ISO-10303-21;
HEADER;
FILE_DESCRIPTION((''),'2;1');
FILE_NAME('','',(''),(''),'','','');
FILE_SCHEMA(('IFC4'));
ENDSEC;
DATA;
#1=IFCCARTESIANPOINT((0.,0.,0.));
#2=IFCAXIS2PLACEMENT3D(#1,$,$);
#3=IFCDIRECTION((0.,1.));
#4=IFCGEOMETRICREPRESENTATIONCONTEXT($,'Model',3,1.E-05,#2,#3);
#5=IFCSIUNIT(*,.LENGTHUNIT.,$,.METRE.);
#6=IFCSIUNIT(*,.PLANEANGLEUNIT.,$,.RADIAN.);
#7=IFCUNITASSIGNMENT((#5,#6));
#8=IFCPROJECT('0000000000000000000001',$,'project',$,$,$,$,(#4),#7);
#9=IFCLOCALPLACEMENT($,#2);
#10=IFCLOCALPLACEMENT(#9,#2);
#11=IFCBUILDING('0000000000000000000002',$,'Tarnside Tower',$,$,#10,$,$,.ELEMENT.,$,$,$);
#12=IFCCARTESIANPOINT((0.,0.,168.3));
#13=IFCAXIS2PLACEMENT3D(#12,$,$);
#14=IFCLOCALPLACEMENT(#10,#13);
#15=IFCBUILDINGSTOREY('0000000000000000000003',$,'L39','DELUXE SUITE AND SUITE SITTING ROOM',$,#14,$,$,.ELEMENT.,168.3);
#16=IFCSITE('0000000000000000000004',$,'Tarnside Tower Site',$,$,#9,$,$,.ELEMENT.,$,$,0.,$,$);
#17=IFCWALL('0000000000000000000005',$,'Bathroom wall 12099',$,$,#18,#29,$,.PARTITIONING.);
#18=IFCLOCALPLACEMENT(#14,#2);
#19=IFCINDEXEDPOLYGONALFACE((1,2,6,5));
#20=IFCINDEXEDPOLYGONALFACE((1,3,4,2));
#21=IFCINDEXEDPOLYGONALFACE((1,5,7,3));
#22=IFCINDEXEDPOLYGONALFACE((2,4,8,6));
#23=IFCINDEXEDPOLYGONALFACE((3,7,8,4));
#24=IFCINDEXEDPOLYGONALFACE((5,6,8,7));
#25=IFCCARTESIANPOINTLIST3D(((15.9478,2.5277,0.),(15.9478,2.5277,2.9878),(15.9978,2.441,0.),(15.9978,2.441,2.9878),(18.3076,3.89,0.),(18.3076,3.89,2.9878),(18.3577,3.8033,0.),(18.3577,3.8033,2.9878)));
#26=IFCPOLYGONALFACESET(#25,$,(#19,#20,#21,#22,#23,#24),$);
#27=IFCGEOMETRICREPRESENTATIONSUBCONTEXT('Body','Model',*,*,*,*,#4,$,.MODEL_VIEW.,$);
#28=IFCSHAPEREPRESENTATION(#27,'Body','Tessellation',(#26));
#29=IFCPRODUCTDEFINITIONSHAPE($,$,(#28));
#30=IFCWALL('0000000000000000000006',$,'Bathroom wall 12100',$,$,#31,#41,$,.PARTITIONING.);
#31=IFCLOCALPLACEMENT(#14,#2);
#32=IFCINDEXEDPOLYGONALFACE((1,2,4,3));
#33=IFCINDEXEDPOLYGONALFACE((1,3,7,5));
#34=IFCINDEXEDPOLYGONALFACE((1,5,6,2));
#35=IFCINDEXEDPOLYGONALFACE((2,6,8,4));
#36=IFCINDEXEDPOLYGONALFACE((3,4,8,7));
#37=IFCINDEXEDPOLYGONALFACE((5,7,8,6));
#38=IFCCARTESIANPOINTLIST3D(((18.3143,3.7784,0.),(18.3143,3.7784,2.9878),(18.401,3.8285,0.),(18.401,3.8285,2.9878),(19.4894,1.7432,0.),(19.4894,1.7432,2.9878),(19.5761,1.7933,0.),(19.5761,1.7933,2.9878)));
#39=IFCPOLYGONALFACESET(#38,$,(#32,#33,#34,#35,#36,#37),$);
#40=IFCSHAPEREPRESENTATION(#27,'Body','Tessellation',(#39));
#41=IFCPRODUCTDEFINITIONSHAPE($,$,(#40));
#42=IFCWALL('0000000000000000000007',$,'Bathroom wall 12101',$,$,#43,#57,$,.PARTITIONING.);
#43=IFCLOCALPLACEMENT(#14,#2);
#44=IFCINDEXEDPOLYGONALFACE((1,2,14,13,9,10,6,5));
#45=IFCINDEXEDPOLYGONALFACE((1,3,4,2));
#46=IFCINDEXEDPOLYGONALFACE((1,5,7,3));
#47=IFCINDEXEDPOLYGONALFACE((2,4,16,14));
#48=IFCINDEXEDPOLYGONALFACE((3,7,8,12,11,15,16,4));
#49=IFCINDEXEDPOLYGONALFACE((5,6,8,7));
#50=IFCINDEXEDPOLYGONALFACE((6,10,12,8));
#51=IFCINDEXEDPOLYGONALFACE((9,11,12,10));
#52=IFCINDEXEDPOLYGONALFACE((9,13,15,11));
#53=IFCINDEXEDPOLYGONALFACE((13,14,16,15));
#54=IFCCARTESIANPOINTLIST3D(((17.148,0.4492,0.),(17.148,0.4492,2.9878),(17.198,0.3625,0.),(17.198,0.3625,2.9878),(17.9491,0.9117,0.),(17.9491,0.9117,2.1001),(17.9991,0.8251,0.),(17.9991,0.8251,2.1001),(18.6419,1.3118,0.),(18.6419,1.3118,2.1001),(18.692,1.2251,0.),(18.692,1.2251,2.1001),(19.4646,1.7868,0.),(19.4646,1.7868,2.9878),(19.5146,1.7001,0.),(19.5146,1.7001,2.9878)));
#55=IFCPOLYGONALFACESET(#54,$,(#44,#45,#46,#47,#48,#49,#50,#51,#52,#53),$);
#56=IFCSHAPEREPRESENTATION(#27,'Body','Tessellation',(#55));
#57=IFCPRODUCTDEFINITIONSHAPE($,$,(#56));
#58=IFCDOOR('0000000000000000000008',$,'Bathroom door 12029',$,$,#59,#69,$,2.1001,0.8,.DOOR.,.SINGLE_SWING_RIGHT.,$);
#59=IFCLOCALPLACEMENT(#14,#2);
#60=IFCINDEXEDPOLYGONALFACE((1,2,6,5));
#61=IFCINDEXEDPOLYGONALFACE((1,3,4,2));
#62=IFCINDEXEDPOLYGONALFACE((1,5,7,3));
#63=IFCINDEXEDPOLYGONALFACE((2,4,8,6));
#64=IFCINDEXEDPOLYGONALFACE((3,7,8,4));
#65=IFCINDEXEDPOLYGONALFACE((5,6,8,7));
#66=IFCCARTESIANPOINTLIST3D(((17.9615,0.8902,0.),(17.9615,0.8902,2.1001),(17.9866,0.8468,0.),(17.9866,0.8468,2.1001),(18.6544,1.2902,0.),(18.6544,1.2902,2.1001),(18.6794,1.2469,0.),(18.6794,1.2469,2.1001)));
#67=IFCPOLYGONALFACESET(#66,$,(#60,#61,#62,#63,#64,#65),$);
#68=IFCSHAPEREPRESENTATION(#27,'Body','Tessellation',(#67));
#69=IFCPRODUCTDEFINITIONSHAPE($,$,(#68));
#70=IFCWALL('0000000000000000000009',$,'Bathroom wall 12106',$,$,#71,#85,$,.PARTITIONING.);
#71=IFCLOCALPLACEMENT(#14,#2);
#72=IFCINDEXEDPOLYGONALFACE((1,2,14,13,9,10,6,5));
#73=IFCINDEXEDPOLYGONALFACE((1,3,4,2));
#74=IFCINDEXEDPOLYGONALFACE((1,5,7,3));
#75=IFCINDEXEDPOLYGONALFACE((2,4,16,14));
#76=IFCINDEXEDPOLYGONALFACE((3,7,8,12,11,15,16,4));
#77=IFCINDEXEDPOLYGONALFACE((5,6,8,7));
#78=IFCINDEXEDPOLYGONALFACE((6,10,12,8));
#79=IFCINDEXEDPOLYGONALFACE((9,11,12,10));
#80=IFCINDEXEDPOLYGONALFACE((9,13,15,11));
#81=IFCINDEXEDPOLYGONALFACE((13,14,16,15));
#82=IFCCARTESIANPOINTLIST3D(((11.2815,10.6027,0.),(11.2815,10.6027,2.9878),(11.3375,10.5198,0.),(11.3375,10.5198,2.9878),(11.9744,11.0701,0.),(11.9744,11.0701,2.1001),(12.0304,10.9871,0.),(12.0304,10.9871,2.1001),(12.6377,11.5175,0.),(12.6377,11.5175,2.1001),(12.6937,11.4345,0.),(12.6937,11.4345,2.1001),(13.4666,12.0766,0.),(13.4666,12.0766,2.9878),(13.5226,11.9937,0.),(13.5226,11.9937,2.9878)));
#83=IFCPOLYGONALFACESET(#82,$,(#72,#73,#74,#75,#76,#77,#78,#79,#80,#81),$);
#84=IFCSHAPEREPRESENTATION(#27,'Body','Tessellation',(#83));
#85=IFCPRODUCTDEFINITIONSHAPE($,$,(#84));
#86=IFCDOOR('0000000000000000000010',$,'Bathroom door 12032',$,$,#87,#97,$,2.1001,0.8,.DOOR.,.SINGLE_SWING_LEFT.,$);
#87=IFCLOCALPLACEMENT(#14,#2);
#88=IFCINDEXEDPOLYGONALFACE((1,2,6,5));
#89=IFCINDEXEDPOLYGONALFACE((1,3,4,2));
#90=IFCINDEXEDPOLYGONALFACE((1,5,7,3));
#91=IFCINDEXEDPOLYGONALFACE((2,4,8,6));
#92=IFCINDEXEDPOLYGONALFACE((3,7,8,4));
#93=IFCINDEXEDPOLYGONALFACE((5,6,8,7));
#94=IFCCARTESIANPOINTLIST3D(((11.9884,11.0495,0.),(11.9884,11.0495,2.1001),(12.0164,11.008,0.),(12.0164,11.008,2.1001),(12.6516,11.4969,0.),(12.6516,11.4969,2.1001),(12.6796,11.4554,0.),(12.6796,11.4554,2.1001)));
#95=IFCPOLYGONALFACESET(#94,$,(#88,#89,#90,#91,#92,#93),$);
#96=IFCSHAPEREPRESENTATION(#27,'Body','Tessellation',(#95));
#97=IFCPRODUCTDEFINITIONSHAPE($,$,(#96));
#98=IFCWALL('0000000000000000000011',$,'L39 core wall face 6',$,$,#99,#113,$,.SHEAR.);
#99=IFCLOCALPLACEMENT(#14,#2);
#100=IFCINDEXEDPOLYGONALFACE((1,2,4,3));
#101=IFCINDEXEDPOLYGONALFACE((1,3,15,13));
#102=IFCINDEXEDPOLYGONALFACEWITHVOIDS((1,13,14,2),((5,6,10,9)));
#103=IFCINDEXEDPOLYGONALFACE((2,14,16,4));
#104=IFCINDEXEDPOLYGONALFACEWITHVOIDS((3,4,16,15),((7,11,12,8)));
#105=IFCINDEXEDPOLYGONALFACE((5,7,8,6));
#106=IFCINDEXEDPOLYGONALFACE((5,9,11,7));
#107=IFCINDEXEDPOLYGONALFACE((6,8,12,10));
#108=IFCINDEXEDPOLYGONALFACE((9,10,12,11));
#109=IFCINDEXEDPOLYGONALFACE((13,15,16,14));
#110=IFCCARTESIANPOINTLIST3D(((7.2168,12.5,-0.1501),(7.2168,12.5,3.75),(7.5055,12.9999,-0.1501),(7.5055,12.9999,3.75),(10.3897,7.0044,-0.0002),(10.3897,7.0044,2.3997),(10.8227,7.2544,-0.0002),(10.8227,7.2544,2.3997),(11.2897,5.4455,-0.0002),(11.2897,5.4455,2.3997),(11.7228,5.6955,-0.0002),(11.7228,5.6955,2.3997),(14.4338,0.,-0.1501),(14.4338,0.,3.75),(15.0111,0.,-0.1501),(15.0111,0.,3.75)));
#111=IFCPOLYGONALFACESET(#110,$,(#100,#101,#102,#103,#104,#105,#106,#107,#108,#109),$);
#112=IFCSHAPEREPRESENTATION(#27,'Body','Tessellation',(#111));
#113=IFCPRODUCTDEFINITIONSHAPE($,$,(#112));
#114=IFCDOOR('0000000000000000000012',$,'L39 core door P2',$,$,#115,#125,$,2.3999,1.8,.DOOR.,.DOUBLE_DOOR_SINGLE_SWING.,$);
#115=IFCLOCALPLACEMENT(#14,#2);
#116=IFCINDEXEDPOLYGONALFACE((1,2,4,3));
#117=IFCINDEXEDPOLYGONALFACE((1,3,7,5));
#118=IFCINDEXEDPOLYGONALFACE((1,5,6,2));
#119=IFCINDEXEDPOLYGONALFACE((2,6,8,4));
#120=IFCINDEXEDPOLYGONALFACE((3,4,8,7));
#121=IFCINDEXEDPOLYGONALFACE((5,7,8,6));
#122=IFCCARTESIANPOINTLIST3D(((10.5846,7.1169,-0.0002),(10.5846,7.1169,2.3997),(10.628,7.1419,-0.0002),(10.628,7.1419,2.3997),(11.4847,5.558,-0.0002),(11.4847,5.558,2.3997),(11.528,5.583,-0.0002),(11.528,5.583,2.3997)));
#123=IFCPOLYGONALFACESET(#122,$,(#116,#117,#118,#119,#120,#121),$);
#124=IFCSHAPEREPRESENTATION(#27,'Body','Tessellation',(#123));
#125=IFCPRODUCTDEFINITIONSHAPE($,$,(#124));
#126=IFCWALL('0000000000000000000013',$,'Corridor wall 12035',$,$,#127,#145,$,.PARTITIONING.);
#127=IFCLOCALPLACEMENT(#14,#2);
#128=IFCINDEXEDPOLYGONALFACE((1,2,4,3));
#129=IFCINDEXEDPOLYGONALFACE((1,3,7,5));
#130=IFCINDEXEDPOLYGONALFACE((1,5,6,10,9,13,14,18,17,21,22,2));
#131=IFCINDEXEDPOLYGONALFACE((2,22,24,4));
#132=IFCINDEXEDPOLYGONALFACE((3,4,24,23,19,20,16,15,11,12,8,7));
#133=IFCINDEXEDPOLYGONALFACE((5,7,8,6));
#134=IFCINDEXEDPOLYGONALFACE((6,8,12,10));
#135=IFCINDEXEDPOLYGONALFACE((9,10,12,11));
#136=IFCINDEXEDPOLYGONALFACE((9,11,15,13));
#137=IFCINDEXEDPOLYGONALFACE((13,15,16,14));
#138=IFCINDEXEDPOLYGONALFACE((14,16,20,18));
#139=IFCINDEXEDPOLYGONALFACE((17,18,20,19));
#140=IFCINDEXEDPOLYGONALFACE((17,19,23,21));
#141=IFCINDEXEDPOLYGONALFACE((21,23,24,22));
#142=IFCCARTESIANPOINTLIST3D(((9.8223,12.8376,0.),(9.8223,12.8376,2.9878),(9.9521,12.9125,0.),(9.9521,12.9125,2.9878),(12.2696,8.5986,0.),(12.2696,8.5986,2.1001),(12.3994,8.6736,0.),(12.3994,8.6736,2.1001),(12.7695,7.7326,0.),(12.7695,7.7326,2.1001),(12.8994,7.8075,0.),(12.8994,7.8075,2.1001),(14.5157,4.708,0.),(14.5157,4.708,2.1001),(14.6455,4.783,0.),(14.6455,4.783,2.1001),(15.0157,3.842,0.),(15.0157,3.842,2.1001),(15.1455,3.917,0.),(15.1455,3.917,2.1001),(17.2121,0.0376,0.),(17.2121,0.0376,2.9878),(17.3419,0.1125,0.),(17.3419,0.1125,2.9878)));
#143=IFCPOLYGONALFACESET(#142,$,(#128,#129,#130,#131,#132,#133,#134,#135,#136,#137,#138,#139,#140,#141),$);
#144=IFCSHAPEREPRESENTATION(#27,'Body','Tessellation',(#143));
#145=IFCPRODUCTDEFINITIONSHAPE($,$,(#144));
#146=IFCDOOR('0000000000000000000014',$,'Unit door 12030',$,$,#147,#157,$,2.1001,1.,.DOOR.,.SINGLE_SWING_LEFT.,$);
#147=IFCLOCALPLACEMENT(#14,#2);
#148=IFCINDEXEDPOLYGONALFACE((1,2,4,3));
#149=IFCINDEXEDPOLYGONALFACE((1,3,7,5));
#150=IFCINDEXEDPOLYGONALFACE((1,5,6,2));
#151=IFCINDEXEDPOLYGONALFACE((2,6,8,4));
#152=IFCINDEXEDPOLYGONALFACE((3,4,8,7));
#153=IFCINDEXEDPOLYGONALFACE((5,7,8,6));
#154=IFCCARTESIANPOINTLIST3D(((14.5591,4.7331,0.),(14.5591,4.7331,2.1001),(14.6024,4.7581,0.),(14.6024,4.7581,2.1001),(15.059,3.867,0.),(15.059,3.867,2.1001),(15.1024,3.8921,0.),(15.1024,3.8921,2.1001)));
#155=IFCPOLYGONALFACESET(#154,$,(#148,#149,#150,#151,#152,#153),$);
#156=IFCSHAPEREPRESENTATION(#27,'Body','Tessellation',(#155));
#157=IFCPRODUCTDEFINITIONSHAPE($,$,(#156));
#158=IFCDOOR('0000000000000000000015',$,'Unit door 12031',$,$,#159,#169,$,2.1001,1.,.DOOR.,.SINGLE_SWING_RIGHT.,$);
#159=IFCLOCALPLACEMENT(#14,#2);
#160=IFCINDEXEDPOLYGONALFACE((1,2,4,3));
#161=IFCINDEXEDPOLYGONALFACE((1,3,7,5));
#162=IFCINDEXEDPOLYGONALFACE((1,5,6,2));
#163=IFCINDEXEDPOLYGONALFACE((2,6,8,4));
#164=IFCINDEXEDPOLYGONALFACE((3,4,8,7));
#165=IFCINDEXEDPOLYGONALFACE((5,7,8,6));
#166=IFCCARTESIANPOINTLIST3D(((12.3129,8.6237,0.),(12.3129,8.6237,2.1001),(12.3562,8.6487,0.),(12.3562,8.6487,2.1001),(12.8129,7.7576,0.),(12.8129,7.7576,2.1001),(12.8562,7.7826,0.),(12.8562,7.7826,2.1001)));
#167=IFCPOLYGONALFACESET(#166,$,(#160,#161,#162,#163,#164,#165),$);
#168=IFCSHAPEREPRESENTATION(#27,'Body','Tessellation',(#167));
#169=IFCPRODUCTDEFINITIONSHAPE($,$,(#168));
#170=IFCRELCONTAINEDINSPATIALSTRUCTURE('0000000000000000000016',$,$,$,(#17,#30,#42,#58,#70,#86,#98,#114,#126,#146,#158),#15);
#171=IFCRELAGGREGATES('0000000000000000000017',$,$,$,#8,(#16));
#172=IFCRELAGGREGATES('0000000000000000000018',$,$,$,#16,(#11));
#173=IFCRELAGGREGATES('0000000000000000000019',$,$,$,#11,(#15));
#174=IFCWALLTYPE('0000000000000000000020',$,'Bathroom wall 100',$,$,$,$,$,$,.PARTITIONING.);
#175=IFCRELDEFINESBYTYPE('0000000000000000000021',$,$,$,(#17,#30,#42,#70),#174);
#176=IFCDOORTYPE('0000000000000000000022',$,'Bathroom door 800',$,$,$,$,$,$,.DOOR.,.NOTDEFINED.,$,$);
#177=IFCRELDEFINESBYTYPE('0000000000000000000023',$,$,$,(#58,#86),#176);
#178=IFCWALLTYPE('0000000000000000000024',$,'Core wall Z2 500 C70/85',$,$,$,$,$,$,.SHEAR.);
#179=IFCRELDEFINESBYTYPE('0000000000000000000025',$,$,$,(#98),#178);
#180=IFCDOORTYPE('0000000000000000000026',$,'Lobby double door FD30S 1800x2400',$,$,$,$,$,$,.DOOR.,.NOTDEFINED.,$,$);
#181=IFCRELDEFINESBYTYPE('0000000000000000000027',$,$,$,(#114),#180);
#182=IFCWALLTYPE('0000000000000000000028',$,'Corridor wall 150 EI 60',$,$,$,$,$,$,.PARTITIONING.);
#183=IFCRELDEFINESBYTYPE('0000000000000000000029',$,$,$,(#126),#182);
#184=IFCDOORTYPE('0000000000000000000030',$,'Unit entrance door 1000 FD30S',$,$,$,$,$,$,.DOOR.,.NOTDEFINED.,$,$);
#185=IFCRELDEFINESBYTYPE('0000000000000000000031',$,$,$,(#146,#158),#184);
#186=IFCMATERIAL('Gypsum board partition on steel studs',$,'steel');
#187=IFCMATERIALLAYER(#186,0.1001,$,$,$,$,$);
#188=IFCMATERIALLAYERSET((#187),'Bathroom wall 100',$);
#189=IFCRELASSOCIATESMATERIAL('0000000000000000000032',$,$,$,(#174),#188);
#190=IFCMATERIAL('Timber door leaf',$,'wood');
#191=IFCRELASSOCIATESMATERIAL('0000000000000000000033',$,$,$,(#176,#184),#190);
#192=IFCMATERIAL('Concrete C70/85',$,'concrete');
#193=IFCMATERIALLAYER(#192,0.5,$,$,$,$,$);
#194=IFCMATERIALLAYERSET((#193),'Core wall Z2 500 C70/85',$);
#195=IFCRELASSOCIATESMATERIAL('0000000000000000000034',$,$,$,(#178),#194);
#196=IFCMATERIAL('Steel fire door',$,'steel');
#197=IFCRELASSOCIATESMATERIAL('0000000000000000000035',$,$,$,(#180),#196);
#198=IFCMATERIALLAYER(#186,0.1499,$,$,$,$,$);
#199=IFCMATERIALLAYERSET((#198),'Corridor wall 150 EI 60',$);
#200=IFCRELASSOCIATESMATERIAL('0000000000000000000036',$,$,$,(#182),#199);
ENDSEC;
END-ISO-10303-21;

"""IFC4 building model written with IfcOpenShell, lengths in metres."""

from ifc_helpers import new_model, si_unit, direction, frame, frame_2d, origin, place, context, subcontext, project, spatial, polyline, rectangle, outline, extrude, material, layer, layer_set, type_object, element, fill, save


model = new_model("IFC4")

# Units and contexts
model_context = context("Model", 3, precision=1e-05, world=origin(), true_north=direction((0.0, 1.0)))
body_context = subcontext(model_context, "Body", "Model", "MODEL_VIEW")
ifc_project = project(units=[si_unit("LENGTHUNIT", "METRE"), si_unit("PLANEANGLEUNIT", "RADIAN")], contexts=[model_context])

# Site, building, storey
site_placement = place(None, origin())
site = spatial("IfcSite", under=ifc_project, at=site_placement, Name="Tarnside Tower Site", CompositionType="ELEMENT", RefElevation=0.0)
building_placement = place(site_placement, origin())
building = spatial("IfcBuilding", under=site, at=building_placement, Name="Tarnside Tower", CompositionType="ELEMENT")
storey_placement = place(building_placement, frame((0.0, 0.0, 168.3)))
storey = spatial("IfcBuildingStorey", under=building, at=storey_placement, Name="L39", Description="DELUXE SUITE AND SUITE SITTING ROOM", CompositionType="ELEMENT", Elevation=168.3)

# Walls
ifc_material_1 = material(Name="Gypsum board partition on steel studs", Category="steel")
ifc_layer_1 = layer(ifc_material_1, 0.1001)
ifc_layer_set_1 = layer_set([ifc_layer_1], Name="Bathroom wall 100")
wall_type_1 = type_object("IfcWallType", Name="Bathroom wall 100", PredefinedType="PARTITIONING", material=ifc_layer_set_1)
wall_1_placement = place(storey_placement, frame((15.9729, 2.4844, 0.0), z_axis=(0.0, 0.0, 1.0), x_axis=(0.866051, 0.499955, 0.0)))
element("IfcWall", 1, at=wall_1_placement, inside=storey, type_object=wall_type_1, Name="Bathroom wall 12099", PredefinedType="PARTITIONING", context=body_context, shape_type="SweptSolid", body=[
    extrude(rectangle(XDim=2.7249, YDim=0.1001, at=frame_2d((1.3623, 0.0))), origin(), (0.0, 0.0, 1.0), 2.9878),
])
wall_2_placement = place(storey_placement, frame((18.3577, 3.8035, 0.0), z_axis=(0.0, 0.0, 1.0), x_axis=(0.500016, -0.866016, 0.0)))
element("IfcWall", 2, at=wall_2_placement, inside=storey, type_object=wall_type_1, Name="Bathroom wall 12100", PredefinedType="PARTITIONING", context=body_context, shape_type="SweptSolid", body=[
    extrude(rectangle(XDim=2.3501, YDim=0.1001, at=frame_2d((1.175, 0.0))), origin(), (0.0, 0.0, 1.0), 2.9878),
])

# Walls, openings, doors
wall_3_placement = place(storey_placement, frame((19.4895, 1.7434, 0.0), z_axis=(0.0, 0.0, 1.0), x_axis=(-0.866005, -0.500036, 0.0)))
wall_3 = element("IfcWall", 3, at=wall_3_placement, inside=storey, type_object=wall_type_1, Name="Bathroom wall 12101", PredefinedType="PARTITIONING", context=body_context, shape_type="SweptSolid", body=[
    extrude(rectangle(XDim=2.675, YDim=0.1001, at=frame_2d((1.3374, 0.0))), origin(), (0.0, 0.0, 1.0), 2.9878),
])
opening_1_placement = place(wall_3_placement, frame((0.95, 0.0, 0.0)))
opening_1 = element("IfcOpeningElement", 4, at=opening_1_placement, cuts=wall_3, PredefinedType="OPENING", context=body_context, shape_type="SweptSolid", body=[
    extrude(rectangle(XDim=0.8, YDim=2.1001, at=frame_2d((0.3999, 1.05))), frame((0.0, 0.0601, 0.0), z_axis=(0.0, -1.0, 0.0), x_axis=(1.0, 0.0, 0.0)), (0.0, 0.0, 1.0), 0.1201),
])
ifc_material_2 = material(Name="Timber door leaf", Category="wood")
door_type_1 = type_object("IfcDoorType", Name="Bathroom door 800", OperationType="NOTDEFINED", PredefinedType="DOOR", material=ifc_material_2)
door_1_placement = place(opening_1_placement, origin())
door_1 = element("IfcDoor", 5, at=door_1_placement, inside=storey, type_object=door_type_1, Name="Bathroom door 12029", OperationType="SINGLE_SWING_RIGHT", OverallHeight=2.1001, OverallWidth=0.8, PredefinedType="DOOR", context=body_context, shape_type="SweptSolid", body=[
    extrude(rectangle(XDim=0.8, YDim=2.1001, at=frame_2d((0.3999, 1.05))), frame((0.0, 0.0249, 0.0), z_axis=(0.0, -1.0, 0.0), x_axis=(1.0, 0.0, 0.0)), (0.0, 0.0, 1.0), 0.05),
])
fill(opening_1, door_1)
wall_4_placement = place(storey_placement, frame((13.4946, 12.0352, 0.0), z_axis=(0.0, 0.0, 1.0), x_axis=(-0.829031, -0.559202, 0.0)))
wall_4 = element("IfcWall", 6, at=wall_4_placement, inside=storey, type_object=wall_type_1, Name="Bathroom wall 12106", PredefinedType="PARTITIONING", context=body_context, shape_type="SweptSolid", body=[
    extrude(rectangle(XDim=2.6357, YDim=0.1001, at=frame_2d((1.3179, 0.0))), origin(), (0.0, 0.0, 1.0), 2.9878),
])
opening_2_placement = place(wall_4_placement, frame((1.0, 0.0, 0.0)))
opening_2 = element("IfcOpeningElement", 7, at=opening_2_placement, cuts=wall_4, PredefinedType="OPENING", context=body_context, shape_type="SweptSolid", body=[
    extrude(rectangle(XDim=0.8, YDim=2.1001, at=frame_2d((0.3999, 1.05))), frame((0.0, 0.0601, 0.0), z_axis=(0.0, -1.0, 0.0), x_axis=(1.0, 0.0, 0.0)), (0.0, 0.0, 1.0), 0.1201),
])
door_2_placement = place(opening_2_placement, origin())
door_2 = element("IfcDoor", 8, at=door_2_placement, inside=storey, type_object=door_type_1, Name="Bathroom door 12032", OperationType="SINGLE_SWING_LEFT", OverallHeight=2.1001, OverallWidth=0.8, PredefinedType="DOOR", context=body_context, shape_type="SweptSolid", body=[
    extrude(rectangle(XDim=0.8, YDim=2.1001, at=frame_2d((0.3999, 1.05))), frame((0.0, 0.0249, 0.0), z_axis=(0.0, -1.0, 0.0), x_axis=(1.0, 0.0, 0.0)), (0.0, 0.0, 1.0), 0.05),
])
fill(opening_2, door_2)
ifc_material_3 = material(Name="Concrete C70/85", Category="concrete")
ifc_layer_2 = layer(ifc_material_3, 0.5)
ifc_layer_set_2 = layer_set([ifc_layer_2], Name="Core wall Z2 500 C70/85")
wall_type_2 = type_object("IfcWallType", Name="Core wall Z2 500 C70/85", PredefinedType="SHEAR", material=ifc_layer_set_2)
wall_5_placement = place(storey_placement, frame((14.7224, 0.0, -0.1501), z_axis=(0.0, 0.0, 1.0), x_axis=(-0.500006, 0.866022, 0.0)))
wall_5 = element("IfcWall", 9, at=wall_5_placement, inside=storey, type_object=wall_type_2, Name="L39 core wall face 6", PredefinedType="SHEAR", context=body_context, shape_type="SweptSolid", body=[
    extrude(outline(polyline([(-0.1443, -0.25), (14.8667, -0.25), (14.5781, 0.25), (0.1443, 0.25), (-0.1443, -0.25)])), origin(), (0.0, 0.0, 1.0), 3.9001),
])
opening_3_placement = place(wall_5_placement, frame((6.4324, 0.0, 0.1499)))
opening_3 = element("IfcOpeningElement", 10, at=opening_3_placement, cuts=wall_5, PredefinedType="OPENING", context=body_context, shape_type="SweptSolid", body=[
    extrude(rectangle(XDim=1.8, YDim=2.3999, at=frame_2d((0.8999, 1.2))), frame((0.0, 0.26, 0.0), z_axis=(0.0, -1.0, 0.0), x_axis=(1.0, 0.0, 0.0)), (0.0, 0.0, 1.0), 0.52),
])
ifc_material_4 = material(Name="Steel fire door", Category="steel")
door_type_2 = type_object("IfcDoorType", Name="Lobby double door FD30S 1800x2400", OperationType="NOTDEFINED", PredefinedType="DOOR", material=ifc_material_4)
door_3_placement = place(opening_3_placement, origin())
door_3 = element("IfcDoor", 11, at=door_3_placement, inside=storey, type_object=door_type_2, Name="L39 core door P2", OperationType="DOUBLE_DOOR_SINGLE_SWING", OverallHeight=2.3999, OverallWidth=1.8, PredefinedType="DOOR", context=body_context, shape_type="SweptSolid", body=[
    extrude(rectangle(XDim=1.8, YDim=2.3999, at=frame_2d((0.8999, 1.2))), frame((0.0, 0.0249, 0.0), z_axis=(0.0, -1.0, 0.0), x_axis=(1.0, 0.0, 0.0)), (0.0, 0.0, 1.0), 0.05),
])
fill(opening_3, door_3)

# Wall, openings, doors
ifc_layer_3 = layer(ifc_material_1, 0.1499)
ifc_layer_set_3 = layer_set([ifc_layer_3], Name="Corridor wall 150 EI 60")
wall_type_3 = type_object("IfcWallType", Name="Corridor wall 150 EI 60", PredefinedType="PARTITIONING", material=ifc_layer_set_3)
wall_6_placement = place(storey_placement, frame((17.2771, 0.075, 0.0), z_axis=(0.0, 0.0, 1.0), x_axis=(-0.499989, 0.866032, 0.0)))
wall_6 = element("IfcWall", 12, at=wall_6_placement, inside=storey, type_object=wall_type_3, Name="Corridor wall 12035", PredefinedType="PARTITIONING", context=body_context, shape_type="SweptSolid", body=[
    extrude(rectangle(XDim=14.78, YDim=0.1499, at=frame_2d((7.3901, 0.0))), origin(), (0.0, 0.0, 1.0), 2.9878),
])
opening_4_placement = place(wall_6_placement, frame((4.3931, 0.0, 0.0)))
opening_4 = element("IfcOpeningElement", 13, at=opening_4_placement, cuts=wall_6, PredefinedType="OPENING", context=body_context, shape_type="SweptSolid", body=[
    extrude(rectangle(XDim=1.0, YDim=2.1001, at=frame_2d((0.5, 1.05))), frame((0.0, 0.085, 0.0), z_axis=(0.0, -1.0, 0.0), x_axis=(1.0, 0.0, 0.0)), (0.0, 0.0, 1.0), 0.1699),
])
opening_5_placement = place(wall_6_placement, frame((8.8855, 0.0, 0.0)))
opening_5 = element("IfcOpeningElement", 14, at=opening_5_placement, cuts=wall_6, PredefinedType="OPENING", context=body_context, shape_type="SweptSolid", body=[
    extrude(rectangle(XDim=1.0, YDim=2.1001, at=frame_2d((0.5, 1.05))), frame((0.0, 0.085, 0.0), z_axis=(0.0, -1.0, 0.0), x_axis=(1.0, 0.0, 0.0)), (0.0, 0.0, 1.0), 0.1699),
])
door_type_3 = type_object("IfcDoorType", Name="Unit entrance door 1000 FD30S", OperationType="NOTDEFINED", PredefinedType="DOOR", material=ifc_material_2)
door_4_placement = place(opening_4_placement, origin())
door_4 = element("IfcDoor", 15, at=door_4_placement, inside=storey, type_object=door_type_3, Name="Unit door 12030", OperationType="SINGLE_SWING_LEFT", OverallHeight=2.1001, OverallWidth=1.0, PredefinedType="DOOR", context=body_context, shape_type="SweptSolid", body=[
    extrude(rectangle(XDim=1.0, YDim=2.1001, at=frame_2d((0.5, 1.05))), frame((0.0, 0.0249, 0.0), z_axis=(0.0, -1.0, 0.0), x_axis=(1.0, 0.0, 0.0)), (0.0, 0.0, 1.0), 0.05),
])
fill(opening_4, door_4)
door_5_placement = place(opening_5_placement, origin())
door_5 = element("IfcDoor", 16, at=door_5_placement, inside=storey, type_object=door_type_3, Name="Unit door 12031", OperationType="SINGLE_SWING_RIGHT", OverallHeight=2.1001, OverallWidth=1.0, PredefinedType="DOOR", context=body_context, shape_type="SweptSolid", body=[
    extrude(rectangle(XDim=1.0, YDim=2.1001, at=frame_2d((0.5, 1.05))), frame((0.0, 0.0249, 0.0), z_axis=(0.0, -1.0, 0.0), x_axis=(1.0, 0.0, 0.0)), (0.0, 0.0, 1.0), 0.05),
])
fill(opening_5, door_5)

save(model, "model.ifc")
